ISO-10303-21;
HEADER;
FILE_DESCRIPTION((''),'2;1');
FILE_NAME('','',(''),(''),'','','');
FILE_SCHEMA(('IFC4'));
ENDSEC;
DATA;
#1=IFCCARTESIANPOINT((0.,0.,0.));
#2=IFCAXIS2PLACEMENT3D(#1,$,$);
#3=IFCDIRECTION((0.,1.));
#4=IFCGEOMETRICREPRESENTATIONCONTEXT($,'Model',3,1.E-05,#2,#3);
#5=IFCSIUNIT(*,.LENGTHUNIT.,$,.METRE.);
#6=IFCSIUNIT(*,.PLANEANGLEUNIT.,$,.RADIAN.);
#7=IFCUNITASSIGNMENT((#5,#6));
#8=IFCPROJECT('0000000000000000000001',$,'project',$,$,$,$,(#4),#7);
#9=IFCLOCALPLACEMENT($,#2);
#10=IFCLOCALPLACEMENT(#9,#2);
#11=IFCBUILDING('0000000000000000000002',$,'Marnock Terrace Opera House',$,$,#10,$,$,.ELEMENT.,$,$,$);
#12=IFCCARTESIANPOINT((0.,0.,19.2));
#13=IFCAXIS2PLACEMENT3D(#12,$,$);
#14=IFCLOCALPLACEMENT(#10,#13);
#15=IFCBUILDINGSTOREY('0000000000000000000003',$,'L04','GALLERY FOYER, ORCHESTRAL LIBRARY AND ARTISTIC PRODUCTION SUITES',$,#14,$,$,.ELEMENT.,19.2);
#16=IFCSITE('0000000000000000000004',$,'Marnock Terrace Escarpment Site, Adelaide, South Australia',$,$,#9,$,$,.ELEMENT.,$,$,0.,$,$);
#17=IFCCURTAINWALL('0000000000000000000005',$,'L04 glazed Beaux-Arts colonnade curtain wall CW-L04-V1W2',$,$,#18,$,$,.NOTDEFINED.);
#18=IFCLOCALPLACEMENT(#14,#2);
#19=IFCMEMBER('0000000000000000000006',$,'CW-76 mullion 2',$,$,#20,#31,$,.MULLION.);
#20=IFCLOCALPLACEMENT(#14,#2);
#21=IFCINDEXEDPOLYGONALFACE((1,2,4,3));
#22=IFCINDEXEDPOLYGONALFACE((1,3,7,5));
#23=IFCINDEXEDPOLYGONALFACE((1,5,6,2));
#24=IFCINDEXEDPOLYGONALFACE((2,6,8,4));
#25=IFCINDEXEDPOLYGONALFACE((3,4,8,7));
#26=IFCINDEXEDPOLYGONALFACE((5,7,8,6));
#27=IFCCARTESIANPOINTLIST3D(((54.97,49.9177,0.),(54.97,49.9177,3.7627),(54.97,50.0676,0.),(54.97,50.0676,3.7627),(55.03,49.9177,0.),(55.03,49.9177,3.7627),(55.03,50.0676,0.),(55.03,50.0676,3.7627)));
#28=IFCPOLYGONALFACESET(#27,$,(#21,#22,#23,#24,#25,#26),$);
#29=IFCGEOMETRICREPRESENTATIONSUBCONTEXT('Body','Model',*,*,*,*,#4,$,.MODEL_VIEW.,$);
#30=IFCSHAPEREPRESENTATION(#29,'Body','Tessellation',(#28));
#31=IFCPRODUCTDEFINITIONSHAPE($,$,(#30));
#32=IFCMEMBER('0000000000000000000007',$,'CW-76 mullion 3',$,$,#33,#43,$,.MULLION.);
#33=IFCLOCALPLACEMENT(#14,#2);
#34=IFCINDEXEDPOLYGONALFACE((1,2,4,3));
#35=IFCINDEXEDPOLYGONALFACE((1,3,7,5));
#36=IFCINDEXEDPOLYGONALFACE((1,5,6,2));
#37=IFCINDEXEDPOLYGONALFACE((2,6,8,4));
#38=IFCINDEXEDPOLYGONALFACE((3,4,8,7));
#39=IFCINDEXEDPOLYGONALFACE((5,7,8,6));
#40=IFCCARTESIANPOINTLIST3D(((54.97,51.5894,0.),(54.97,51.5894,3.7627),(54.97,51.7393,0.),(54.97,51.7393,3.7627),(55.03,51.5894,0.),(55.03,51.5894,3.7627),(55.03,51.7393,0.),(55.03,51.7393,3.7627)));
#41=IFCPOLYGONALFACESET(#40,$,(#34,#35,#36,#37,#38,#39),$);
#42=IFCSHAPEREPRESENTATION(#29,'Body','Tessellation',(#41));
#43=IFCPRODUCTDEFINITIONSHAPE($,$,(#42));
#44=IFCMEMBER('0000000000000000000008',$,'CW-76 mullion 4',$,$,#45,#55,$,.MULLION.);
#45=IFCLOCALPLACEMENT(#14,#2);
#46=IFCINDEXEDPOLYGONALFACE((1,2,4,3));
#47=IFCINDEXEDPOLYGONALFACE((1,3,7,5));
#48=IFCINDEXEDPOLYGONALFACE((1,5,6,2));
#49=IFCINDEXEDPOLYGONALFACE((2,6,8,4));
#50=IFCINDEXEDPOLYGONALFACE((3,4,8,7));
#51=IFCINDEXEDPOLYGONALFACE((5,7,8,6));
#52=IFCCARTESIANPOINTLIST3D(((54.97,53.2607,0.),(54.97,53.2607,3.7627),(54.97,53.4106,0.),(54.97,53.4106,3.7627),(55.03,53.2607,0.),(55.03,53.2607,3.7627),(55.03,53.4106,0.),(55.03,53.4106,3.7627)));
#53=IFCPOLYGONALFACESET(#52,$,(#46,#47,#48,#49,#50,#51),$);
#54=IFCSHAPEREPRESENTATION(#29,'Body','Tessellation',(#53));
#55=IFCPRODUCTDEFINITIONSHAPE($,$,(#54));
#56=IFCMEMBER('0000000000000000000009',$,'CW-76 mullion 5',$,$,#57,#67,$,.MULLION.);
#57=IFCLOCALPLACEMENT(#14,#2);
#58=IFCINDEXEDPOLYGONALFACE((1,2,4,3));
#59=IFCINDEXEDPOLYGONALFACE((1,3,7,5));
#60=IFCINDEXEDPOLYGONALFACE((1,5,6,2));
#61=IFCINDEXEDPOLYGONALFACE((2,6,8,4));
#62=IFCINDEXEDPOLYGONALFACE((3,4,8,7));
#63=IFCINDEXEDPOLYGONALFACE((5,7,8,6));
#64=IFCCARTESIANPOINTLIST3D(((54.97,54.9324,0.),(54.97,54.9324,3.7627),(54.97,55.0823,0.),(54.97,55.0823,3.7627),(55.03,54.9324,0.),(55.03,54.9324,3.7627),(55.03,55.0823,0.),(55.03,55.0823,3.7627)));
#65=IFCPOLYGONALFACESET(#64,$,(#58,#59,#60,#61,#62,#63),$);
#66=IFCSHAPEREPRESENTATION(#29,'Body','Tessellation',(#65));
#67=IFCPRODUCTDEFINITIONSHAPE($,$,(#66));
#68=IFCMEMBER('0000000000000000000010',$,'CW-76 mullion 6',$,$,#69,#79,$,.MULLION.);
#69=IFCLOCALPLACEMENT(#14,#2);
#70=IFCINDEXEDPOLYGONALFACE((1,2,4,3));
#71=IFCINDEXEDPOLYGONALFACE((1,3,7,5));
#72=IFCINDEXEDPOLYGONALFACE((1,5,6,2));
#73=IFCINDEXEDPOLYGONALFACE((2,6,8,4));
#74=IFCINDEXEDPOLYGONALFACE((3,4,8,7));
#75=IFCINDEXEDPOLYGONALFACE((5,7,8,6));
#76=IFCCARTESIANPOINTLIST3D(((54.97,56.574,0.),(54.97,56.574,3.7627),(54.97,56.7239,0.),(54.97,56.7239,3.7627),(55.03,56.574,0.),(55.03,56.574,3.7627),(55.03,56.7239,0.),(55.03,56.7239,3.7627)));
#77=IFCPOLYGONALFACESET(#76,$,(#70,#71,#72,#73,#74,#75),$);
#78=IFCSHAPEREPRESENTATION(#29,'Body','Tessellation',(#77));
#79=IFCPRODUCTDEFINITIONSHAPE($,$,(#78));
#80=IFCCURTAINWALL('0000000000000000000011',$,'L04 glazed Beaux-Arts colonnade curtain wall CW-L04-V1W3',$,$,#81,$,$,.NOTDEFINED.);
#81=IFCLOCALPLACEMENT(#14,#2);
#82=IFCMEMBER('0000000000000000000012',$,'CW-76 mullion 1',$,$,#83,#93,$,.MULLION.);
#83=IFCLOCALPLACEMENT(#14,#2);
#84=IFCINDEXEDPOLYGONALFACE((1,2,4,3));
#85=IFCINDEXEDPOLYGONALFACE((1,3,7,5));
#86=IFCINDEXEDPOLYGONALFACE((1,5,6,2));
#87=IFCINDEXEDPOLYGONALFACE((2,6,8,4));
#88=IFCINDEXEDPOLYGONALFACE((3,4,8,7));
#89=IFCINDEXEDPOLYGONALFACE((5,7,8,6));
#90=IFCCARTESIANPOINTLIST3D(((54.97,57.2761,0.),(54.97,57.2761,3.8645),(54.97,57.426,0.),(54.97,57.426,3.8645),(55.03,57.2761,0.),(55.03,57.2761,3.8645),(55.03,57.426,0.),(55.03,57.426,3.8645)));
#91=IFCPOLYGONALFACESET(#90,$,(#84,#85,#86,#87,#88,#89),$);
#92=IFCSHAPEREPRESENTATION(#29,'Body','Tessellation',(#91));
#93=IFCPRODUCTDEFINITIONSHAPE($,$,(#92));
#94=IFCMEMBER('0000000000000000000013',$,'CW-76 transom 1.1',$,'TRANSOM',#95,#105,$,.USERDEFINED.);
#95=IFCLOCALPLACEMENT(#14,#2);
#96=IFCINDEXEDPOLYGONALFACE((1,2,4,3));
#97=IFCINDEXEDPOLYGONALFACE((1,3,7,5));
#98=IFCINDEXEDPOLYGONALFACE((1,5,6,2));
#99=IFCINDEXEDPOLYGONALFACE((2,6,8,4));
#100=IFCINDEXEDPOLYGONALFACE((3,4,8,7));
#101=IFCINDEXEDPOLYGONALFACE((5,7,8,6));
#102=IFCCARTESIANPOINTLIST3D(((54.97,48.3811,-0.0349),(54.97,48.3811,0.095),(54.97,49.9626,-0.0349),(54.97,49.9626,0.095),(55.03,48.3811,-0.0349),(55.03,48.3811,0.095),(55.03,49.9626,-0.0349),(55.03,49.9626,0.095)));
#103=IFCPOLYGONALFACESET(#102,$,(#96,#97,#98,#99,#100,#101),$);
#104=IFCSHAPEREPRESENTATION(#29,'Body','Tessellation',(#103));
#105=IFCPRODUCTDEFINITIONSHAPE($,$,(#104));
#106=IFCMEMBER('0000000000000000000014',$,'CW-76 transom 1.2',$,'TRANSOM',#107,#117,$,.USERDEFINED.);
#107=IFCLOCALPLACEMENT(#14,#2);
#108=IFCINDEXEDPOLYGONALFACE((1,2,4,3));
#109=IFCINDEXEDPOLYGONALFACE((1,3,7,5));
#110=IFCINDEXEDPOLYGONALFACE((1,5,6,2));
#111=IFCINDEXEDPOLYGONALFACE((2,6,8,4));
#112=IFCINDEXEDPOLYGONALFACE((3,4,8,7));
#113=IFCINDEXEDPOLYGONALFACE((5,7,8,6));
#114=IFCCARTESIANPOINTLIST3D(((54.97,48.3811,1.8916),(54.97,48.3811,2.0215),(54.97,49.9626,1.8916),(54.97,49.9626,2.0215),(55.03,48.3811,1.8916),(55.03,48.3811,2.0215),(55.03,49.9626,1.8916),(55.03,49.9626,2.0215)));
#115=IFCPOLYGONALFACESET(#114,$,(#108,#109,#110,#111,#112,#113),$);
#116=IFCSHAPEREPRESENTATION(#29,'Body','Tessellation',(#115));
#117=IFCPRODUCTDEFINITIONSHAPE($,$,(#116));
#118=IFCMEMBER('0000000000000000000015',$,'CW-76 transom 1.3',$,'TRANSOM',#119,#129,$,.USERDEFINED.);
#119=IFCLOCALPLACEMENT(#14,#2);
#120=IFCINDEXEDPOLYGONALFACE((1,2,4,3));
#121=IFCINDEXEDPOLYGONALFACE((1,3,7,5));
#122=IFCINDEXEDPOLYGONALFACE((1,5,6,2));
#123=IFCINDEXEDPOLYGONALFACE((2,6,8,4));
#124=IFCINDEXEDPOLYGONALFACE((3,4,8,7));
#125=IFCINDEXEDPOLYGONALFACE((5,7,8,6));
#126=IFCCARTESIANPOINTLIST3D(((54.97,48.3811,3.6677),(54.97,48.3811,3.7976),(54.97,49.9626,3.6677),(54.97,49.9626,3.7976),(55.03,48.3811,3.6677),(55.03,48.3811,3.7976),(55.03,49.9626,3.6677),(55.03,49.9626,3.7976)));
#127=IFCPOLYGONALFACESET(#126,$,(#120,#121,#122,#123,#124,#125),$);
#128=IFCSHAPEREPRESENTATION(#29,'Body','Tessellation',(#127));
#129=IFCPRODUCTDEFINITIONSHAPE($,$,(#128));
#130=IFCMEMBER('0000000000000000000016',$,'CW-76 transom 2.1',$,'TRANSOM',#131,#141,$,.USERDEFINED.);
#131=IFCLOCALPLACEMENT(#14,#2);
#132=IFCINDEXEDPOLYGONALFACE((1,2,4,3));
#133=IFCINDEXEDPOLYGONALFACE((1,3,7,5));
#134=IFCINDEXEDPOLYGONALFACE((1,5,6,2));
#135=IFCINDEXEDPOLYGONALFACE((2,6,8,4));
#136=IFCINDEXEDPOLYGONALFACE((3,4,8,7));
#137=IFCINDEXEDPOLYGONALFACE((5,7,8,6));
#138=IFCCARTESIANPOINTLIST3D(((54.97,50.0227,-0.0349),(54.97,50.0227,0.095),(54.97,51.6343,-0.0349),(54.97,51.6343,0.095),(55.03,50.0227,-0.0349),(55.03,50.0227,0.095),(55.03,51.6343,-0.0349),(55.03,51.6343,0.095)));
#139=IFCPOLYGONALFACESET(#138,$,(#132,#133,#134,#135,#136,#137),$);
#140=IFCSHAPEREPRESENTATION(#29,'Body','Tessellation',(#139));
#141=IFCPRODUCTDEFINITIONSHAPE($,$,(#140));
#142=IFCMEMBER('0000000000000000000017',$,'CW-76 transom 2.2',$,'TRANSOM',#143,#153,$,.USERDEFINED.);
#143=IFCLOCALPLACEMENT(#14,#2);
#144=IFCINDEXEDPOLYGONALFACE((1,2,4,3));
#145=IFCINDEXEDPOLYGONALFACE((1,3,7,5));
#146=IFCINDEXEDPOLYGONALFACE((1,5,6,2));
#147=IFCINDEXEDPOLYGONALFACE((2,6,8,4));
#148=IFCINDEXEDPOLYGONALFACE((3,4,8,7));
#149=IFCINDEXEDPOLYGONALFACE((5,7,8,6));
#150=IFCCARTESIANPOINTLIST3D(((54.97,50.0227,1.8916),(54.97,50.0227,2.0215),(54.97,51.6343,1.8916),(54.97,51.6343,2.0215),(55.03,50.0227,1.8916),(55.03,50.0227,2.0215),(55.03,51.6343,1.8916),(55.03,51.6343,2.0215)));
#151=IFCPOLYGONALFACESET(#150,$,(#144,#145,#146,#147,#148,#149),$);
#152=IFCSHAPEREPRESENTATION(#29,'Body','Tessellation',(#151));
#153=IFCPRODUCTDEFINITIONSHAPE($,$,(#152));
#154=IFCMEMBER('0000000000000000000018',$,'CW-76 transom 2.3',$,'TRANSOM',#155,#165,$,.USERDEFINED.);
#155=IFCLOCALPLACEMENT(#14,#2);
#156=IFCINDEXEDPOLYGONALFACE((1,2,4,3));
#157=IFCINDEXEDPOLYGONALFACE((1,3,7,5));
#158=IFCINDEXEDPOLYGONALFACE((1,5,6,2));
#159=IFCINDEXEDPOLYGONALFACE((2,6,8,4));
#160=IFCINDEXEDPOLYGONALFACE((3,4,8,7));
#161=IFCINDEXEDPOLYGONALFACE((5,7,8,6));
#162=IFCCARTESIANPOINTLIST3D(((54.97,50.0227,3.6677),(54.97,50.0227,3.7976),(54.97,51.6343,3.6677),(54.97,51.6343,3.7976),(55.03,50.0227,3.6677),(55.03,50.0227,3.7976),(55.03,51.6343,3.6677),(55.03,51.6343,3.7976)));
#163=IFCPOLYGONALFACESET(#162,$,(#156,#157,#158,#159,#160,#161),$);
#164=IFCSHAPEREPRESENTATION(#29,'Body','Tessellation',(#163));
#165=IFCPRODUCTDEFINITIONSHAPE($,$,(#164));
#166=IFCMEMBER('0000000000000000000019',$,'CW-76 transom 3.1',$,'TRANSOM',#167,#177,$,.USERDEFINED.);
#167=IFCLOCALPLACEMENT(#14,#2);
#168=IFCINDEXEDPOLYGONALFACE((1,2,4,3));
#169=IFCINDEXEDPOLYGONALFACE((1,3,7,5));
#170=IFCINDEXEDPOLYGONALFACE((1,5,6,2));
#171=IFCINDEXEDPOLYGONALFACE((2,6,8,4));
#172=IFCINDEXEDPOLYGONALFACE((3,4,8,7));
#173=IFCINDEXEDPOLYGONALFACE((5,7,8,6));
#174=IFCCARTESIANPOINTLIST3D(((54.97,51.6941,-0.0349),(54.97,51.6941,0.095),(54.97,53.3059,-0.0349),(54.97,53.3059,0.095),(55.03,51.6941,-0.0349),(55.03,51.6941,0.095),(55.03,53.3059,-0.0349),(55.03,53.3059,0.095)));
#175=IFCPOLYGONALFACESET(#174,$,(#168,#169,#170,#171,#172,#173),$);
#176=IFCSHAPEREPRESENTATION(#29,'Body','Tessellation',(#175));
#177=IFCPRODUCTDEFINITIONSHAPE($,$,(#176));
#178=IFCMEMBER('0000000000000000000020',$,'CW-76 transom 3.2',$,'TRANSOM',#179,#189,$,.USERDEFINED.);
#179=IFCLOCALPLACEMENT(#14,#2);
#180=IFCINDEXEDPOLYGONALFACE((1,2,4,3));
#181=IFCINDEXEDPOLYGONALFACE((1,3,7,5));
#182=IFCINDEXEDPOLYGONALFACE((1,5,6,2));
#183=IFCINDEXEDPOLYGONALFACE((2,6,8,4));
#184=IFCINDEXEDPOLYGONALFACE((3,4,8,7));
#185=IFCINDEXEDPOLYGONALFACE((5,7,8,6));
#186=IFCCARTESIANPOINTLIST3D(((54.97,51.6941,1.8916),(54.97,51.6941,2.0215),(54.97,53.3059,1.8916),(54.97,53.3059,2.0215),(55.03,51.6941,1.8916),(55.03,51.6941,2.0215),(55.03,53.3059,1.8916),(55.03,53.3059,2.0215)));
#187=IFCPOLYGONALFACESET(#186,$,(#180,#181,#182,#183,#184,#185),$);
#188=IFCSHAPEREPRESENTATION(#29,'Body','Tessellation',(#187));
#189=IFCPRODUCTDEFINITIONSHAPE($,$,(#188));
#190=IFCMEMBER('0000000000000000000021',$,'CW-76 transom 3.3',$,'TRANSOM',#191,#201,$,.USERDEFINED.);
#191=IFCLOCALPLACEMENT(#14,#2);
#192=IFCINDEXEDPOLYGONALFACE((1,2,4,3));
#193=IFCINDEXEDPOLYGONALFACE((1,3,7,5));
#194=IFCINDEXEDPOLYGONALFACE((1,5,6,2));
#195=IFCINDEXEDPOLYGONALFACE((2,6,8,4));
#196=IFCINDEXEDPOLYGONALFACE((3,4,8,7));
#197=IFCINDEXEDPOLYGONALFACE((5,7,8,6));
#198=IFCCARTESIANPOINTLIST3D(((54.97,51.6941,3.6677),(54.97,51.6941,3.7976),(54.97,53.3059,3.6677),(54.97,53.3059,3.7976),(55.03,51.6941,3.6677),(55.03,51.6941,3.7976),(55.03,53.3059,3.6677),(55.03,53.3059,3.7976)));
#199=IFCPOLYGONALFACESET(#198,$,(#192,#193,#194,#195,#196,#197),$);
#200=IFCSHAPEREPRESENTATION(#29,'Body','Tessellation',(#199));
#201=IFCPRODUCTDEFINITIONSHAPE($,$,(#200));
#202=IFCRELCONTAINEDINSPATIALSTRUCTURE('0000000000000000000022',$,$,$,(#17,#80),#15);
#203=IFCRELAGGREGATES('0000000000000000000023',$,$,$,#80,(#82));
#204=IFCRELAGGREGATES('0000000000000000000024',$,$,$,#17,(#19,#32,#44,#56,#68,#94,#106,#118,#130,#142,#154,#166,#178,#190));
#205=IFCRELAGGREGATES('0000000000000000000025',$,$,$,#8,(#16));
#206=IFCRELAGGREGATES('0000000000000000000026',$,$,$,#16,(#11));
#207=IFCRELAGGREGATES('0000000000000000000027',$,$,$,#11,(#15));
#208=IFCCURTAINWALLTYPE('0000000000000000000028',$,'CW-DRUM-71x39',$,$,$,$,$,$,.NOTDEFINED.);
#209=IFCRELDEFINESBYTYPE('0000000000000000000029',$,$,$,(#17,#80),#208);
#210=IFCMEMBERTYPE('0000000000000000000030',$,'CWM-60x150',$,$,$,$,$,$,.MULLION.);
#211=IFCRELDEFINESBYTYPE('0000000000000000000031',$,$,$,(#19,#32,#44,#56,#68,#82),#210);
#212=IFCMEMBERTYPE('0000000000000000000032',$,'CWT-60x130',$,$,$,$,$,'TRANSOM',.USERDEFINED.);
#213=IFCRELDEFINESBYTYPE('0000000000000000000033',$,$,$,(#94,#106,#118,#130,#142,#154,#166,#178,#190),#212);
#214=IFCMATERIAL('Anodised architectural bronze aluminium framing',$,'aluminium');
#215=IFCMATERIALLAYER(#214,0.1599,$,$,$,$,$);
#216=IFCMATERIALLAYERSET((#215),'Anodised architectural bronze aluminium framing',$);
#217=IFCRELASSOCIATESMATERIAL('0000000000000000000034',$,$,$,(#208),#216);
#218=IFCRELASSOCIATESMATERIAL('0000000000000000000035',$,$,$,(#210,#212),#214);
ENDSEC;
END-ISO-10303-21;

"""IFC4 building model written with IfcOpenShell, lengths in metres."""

from ifc_helpers import new_model, si_unit, direction, frame, origin, origin_2d, place, context, subcontext, project, spatial, rectangle, extrude, material, layer, layer_set, material_profile, profile_set, type_object, element, aggregate, save


model = new_model("IFC4")

# Units and contexts
model_context = context("Model", 3, precision=1e-05, world=origin(), true_north=direction((0.0, 1.0)))
body_context = subcontext(model_context, "Body", "Model", "MODEL_VIEW")
ifc_project = project(units=[si_unit("LENGTHUNIT", "METRE"), si_unit("PLANEANGLEUNIT", "RADIAN")], contexts=[model_context])

# Site, building, storey
site_placement = place(None, origin())
site = spatial("IfcSite", under=ifc_project, at=site_placement, Name="Marnock Terrace Escarpment Site, Adelaide, South Australia", CompositionType="ELEMENT", RefElevation=0.0)
building_placement = place(site_placement, origin())
building = spatial("IfcBuilding", under=site, at=building_placement, Name="Marnock Terrace Opera House", CompositionType="ELEMENT")
storey_placement = place(building_placement, frame((0.0, 0.0, 19.2)))
storey = spatial("IfcBuildingStorey", under=building, at=storey_placement, Name="L04", Description="GALLERY FOYER, ORCHESTRAL LIBRARY AND ARTISTIC PRODUCTION SUITES", CompositionType="ELEMENT", Elevation=19.2)

# Curtain wall, members
ifc_material_1 = material(Name="Anodised architectural bronze aluminium framing", Category="aluminium")
ifc_layer_1 = layer(ifc_material_1, 0.1599)
ifc_layer_set_1 = layer_set([ifc_layer_1], Name="Anodised architectural bronze aluminium framing")
curtain_wall_type = type_object("IfcCurtainWallType", Name="CW-DRUM-71x39", PredefinedType="NOTDEFINED", material=ifc_layer_set_1)
curtain_wall_1_placement = place(storey_placement, origin())
curtain_wall_1 = element("IfcCurtainWall", 1, at=curtain_wall_1_placement, inside=storey, type_object=curtain_wall_type, Name="L04 glazed Beaux-Arts colonnade curtain wall CW-L04-V1W2", PredefinedType="NOTDEFINED")
ifc_material_profile_1 = material_profile(ifc_material_1, rectangle(XDim=0.0601, YDim=0.1499, at=origin_2d()))
ifc_profile_set_1 = profile_set([ifc_material_profile_1], Name="Anodised architectural bronze aluminium framing")
member_type_1 = type_object("IfcMemberType", Name="CWM-60x150", PredefinedType="MULLION", material=ifc_profile_set_1)
member_1_placement = place(storey_placement, frame((55.0, 49.9927, 0.0), z_axis=(0.0, 0.0, 1.0), x_axis=(-1.0, 0.0, 0.0)))
member_1 = element("IfcMember", 2, at=member_1_placement, type_object=member_type_1, Name="CW-76 mullion 2", PredefinedType="MULLION", context=body_context, shape_type="SweptSolid", body=[
    extrude(rectangle(XDim=0.0601, YDim=0.1499, at=origin_2d()), origin(), (0.0, 0.0, 1.0), 3.7627),
])
member_2_placement = place(storey_placement, frame((55.0, 51.6643, 0.0), z_axis=(0.0, 0.0, 1.0), x_axis=(-1.0, 0.0, 0.0)))
member_2 = element("IfcMember", 3, at=member_2_placement, type_object=member_type_1, Name="CW-76 mullion 3", PredefinedType="MULLION", context=body_context, shape_type="SweptSolid", body=[
    extrude(rectangle(XDim=0.0601, YDim=0.1499, at=origin_2d()), origin(), (0.0, 0.0, 1.0), 3.7627),
])
member_3_placement = place(storey_placement, frame((55.0, 53.3357, 0.0), z_axis=(0.0, 0.0, 1.0), x_axis=(-1.0, 0.0, 0.0)))
member_3 = element("IfcMember", 4, at=member_3_placement, type_object=member_type_1, Name="CW-76 mullion 4", PredefinedType="MULLION", context=body_context, shape_type="SweptSolid", body=[
    extrude(rectangle(XDim=0.0601, YDim=0.1499, at=origin_2d()), origin(), (0.0, 0.0, 1.0), 3.7627),
])
member_4_placement = place(storey_placement, frame((55.0, 55.0073, 0.0), z_axis=(0.0, 0.0, 1.0), x_axis=(-1.0, 0.0, 0.0)))
member_4 = element("IfcMember", 5, at=member_4_placement, type_object=member_type_1, Name="CW-76 mullion 5", PredefinedType="MULLION", context=body_context, shape_type="SweptSolid", body=[
    extrude(rectangle(XDim=0.0601, YDim=0.1499, at=origin_2d()), origin(), (0.0, 0.0, 1.0), 3.7627),
])
member_5_placement = place(storey_placement, frame((55.0, 56.6489, 0.0), z_axis=(0.0, 0.0, 1.0), x_axis=(-1.0, 0.0, 0.0)))
member_5 = element("IfcMember", 6, at=member_5_placement, type_object=member_type_1, Name="CW-76 mullion 6", PredefinedType="MULLION", context=body_context, shape_type="SweptSolid", body=[
    extrude(rectangle(XDim=0.0601, YDim=0.1499, at=origin_2d()), origin(), (0.0, 0.0, 1.0), 3.7627),
])

# Curtain wall, member
curtain_wall_2_placement = place(storey_placement, origin())
curtain_wall_2 = element("IfcCurtainWall", 7, at=curtain_wall_2_placement, inside=storey, type_object=curtain_wall_type, Name="L04 glazed Beaux-Arts colonnade curtain wall CW-L04-V1W3", PredefinedType="NOTDEFINED")
member_6_placement = place(storey_placement, frame((55.0, 57.3511, 0.0), z_axis=(0.0, 0.0, 1.0), x_axis=(-1.0, 0.0, 0.0)))
member_6 = element("IfcMember", 8, at=member_6_placement, type_object=member_type_1, Name="CW-76 mullion 1", PredefinedType="MULLION", context=body_context, shape_type="SweptSolid", body=[
    extrude(rectangle(XDim=0.0601, YDim=0.1499, at=origin_2d()), origin(), (0.0, 0.0, 1.0), 3.8645),
])

# Members
ifc_material_profile_2 = material_profile(ifc_material_1, rectangle(XDim=0.0601, YDim=0.1299, at=origin_2d()))
ifc_profile_set_2 = profile_set([ifc_material_profile_2], Name="Anodised architectural bronze aluminium framing")
member_type_2 = type_object("IfcMemberType", Name="CWT-60x130", ElementType="TRANSOM", PredefinedType="USERDEFINED", material=ifc_profile_set_2)
member_7_placement = place(storey_placement, frame((55.0, 48.3811, 0.03), z_axis=(0.0, 1.0, 0.0), x_axis=(-1.0, 0.0, 0.0)))
member_7 = element("IfcMember", 9, at=member_7_placement, type_object=member_type_2, Name="CW-76 transom 1.1", ObjectType="TRANSOM", PredefinedType="USERDEFINED", context=body_context, shape_type="SweptSolid", body=[
    extrude(rectangle(XDim=0.0601, YDim=0.1299, at=origin_2d()), origin(), (0.0, 0.0, 1.0), 1.5815),
])
member_8_placement = place(storey_placement, frame((55.0, 48.3811, 1.9565), z_axis=(0.0, 1.0, 0.0), x_axis=(-1.0, 0.0, 0.0)))
member_8 = element("IfcMember", 10, at=member_8_placement, type_object=member_type_2, Name="CW-76 transom 1.2", ObjectType="TRANSOM", PredefinedType="USERDEFINED", context=body_context, shape_type="SweptSolid", body=[
    extrude(rectangle(XDim=0.0601, YDim=0.1299, at=origin_2d()), origin(), (0.0, 0.0, 1.0), 1.5815),
])
member_9_placement = place(storey_placement, frame((55.0, 48.3811, 3.7327), z_axis=(0.0, 1.0, 0.0), x_axis=(-1.0, 0.0, 0.0)))
member_9 = element("IfcMember", 11, at=member_9_placement, type_object=member_type_2, Name="CW-76 transom 1.3", ObjectType="TRANSOM", PredefinedType="USERDEFINED", context=body_context, shape_type="SweptSolid", body=[
    extrude(rectangle(XDim=0.0601, YDim=0.1299, at=origin_2d()), origin(), (0.0, 0.0, 1.0), 1.5815),
])
member_10_placement = place(storey_placement, frame((55.0, 50.0227, 0.03), z_axis=(0.0, 1.0, 0.0), x_axis=(-1.0, 0.0, 0.0)))
member_10 = element("IfcMember", 12, at=member_10_placement, type_object=member_type_2, Name="CW-76 transom 2.1", ObjectType="TRANSOM", PredefinedType="USERDEFINED", context=body_context, shape_type="SweptSolid", body=[
    extrude(rectangle(XDim=0.0601, YDim=0.1299, at=origin_2d()), origin(), (0.0, 0.0, 1.0), 1.6116),
])
member_11_placement = place(storey_placement, frame((55.0, 50.0227, 1.9565), z_axis=(0.0, 1.0, 0.0), x_axis=(-1.0, 0.0, 0.0)))
member_11 = element("IfcMember", 13, at=member_11_placement, type_object=member_type_2, Name="CW-76 transom 2.2", ObjectType="TRANSOM", PredefinedType="USERDEFINED", context=body_context, shape_type="SweptSolid", body=[
    extrude(rectangle(XDim=0.0601, YDim=0.1299, at=origin_2d()), origin(), (0.0, 0.0, 1.0), 1.6116),
])
member_12_placement = place(storey_placement, frame((55.0, 50.0227, 3.7327), z_axis=(0.0, 1.0, 0.0), x_axis=(-1.0, 0.0, 0.0)))
member_12 = element("IfcMember", 14, at=member_12_placement, type_object=member_type_2, Name="CW-76 transom 2.3", ObjectType="TRANSOM", PredefinedType="USERDEFINED", context=body_context, shape_type="SweptSolid", body=[
    extrude(rectangle(XDim=0.0601, YDim=0.1299, at=origin_2d()), origin(), (0.0, 0.0, 1.0), 1.6116),
])
member_13_placement = place(storey_placement, frame((55.0, 51.6941, 0.03), z_axis=(0.0, 1.0, 0.0), x_axis=(-1.0, 0.0, 0.0)))
member_13 = element("IfcMember", 15, at=member_13_placement, type_object=member_type_2, Name="CW-76 transom 3.1", ObjectType="TRANSOM", PredefinedType="USERDEFINED", context=body_context, shape_type="SweptSolid", body=[
    extrude(rectangle(XDim=0.0601, YDim=0.1299, at=origin_2d()), origin(), (0.0, 0.0, 1.0), 1.6118),
])
member_14_placement = place(storey_placement, frame((55.0, 51.6941, 1.9565), z_axis=(0.0, 1.0, 0.0), x_axis=(-1.0, 0.0, 0.0)))
member_14 = element("IfcMember", 16, at=member_14_placement, type_object=member_type_2, Name="CW-76 transom 3.2", ObjectType="TRANSOM", PredefinedType="USERDEFINED", context=body_context, shape_type="SweptSolid", body=[
    extrude(rectangle(XDim=0.0601, YDim=0.1299, at=origin_2d()), origin(), (0.0, 0.0, 1.0), 1.6118),
])
member_15_placement = place(storey_placement, frame((55.0, 51.6941, 3.7327), z_axis=(0.0, 1.0, 0.0), x_axis=(-1.0, 0.0, 0.0)))
member_15 = element("IfcMember", 17, at=member_15_placement, type_object=member_type_2, Name="CW-76 transom 3.3", ObjectType="TRANSOM", PredefinedType="USERDEFINED", context=body_context, shape_type="SweptSolid", body=[
    extrude(rectangle(XDim=0.0601, YDim=0.1299, at=origin_2d()), origin(), (0.0, 0.0, 1.0), 1.6118),
])
aggregate(curtain_wall_2, [member_6])

aggregate(curtain_wall_1, [member_1, member_2, member_3, member_4, member_5, member_7, member_8, member_9, member_10, member_11, member_12, member_13, member_14, member_15])

save(model, "model.ifc")
